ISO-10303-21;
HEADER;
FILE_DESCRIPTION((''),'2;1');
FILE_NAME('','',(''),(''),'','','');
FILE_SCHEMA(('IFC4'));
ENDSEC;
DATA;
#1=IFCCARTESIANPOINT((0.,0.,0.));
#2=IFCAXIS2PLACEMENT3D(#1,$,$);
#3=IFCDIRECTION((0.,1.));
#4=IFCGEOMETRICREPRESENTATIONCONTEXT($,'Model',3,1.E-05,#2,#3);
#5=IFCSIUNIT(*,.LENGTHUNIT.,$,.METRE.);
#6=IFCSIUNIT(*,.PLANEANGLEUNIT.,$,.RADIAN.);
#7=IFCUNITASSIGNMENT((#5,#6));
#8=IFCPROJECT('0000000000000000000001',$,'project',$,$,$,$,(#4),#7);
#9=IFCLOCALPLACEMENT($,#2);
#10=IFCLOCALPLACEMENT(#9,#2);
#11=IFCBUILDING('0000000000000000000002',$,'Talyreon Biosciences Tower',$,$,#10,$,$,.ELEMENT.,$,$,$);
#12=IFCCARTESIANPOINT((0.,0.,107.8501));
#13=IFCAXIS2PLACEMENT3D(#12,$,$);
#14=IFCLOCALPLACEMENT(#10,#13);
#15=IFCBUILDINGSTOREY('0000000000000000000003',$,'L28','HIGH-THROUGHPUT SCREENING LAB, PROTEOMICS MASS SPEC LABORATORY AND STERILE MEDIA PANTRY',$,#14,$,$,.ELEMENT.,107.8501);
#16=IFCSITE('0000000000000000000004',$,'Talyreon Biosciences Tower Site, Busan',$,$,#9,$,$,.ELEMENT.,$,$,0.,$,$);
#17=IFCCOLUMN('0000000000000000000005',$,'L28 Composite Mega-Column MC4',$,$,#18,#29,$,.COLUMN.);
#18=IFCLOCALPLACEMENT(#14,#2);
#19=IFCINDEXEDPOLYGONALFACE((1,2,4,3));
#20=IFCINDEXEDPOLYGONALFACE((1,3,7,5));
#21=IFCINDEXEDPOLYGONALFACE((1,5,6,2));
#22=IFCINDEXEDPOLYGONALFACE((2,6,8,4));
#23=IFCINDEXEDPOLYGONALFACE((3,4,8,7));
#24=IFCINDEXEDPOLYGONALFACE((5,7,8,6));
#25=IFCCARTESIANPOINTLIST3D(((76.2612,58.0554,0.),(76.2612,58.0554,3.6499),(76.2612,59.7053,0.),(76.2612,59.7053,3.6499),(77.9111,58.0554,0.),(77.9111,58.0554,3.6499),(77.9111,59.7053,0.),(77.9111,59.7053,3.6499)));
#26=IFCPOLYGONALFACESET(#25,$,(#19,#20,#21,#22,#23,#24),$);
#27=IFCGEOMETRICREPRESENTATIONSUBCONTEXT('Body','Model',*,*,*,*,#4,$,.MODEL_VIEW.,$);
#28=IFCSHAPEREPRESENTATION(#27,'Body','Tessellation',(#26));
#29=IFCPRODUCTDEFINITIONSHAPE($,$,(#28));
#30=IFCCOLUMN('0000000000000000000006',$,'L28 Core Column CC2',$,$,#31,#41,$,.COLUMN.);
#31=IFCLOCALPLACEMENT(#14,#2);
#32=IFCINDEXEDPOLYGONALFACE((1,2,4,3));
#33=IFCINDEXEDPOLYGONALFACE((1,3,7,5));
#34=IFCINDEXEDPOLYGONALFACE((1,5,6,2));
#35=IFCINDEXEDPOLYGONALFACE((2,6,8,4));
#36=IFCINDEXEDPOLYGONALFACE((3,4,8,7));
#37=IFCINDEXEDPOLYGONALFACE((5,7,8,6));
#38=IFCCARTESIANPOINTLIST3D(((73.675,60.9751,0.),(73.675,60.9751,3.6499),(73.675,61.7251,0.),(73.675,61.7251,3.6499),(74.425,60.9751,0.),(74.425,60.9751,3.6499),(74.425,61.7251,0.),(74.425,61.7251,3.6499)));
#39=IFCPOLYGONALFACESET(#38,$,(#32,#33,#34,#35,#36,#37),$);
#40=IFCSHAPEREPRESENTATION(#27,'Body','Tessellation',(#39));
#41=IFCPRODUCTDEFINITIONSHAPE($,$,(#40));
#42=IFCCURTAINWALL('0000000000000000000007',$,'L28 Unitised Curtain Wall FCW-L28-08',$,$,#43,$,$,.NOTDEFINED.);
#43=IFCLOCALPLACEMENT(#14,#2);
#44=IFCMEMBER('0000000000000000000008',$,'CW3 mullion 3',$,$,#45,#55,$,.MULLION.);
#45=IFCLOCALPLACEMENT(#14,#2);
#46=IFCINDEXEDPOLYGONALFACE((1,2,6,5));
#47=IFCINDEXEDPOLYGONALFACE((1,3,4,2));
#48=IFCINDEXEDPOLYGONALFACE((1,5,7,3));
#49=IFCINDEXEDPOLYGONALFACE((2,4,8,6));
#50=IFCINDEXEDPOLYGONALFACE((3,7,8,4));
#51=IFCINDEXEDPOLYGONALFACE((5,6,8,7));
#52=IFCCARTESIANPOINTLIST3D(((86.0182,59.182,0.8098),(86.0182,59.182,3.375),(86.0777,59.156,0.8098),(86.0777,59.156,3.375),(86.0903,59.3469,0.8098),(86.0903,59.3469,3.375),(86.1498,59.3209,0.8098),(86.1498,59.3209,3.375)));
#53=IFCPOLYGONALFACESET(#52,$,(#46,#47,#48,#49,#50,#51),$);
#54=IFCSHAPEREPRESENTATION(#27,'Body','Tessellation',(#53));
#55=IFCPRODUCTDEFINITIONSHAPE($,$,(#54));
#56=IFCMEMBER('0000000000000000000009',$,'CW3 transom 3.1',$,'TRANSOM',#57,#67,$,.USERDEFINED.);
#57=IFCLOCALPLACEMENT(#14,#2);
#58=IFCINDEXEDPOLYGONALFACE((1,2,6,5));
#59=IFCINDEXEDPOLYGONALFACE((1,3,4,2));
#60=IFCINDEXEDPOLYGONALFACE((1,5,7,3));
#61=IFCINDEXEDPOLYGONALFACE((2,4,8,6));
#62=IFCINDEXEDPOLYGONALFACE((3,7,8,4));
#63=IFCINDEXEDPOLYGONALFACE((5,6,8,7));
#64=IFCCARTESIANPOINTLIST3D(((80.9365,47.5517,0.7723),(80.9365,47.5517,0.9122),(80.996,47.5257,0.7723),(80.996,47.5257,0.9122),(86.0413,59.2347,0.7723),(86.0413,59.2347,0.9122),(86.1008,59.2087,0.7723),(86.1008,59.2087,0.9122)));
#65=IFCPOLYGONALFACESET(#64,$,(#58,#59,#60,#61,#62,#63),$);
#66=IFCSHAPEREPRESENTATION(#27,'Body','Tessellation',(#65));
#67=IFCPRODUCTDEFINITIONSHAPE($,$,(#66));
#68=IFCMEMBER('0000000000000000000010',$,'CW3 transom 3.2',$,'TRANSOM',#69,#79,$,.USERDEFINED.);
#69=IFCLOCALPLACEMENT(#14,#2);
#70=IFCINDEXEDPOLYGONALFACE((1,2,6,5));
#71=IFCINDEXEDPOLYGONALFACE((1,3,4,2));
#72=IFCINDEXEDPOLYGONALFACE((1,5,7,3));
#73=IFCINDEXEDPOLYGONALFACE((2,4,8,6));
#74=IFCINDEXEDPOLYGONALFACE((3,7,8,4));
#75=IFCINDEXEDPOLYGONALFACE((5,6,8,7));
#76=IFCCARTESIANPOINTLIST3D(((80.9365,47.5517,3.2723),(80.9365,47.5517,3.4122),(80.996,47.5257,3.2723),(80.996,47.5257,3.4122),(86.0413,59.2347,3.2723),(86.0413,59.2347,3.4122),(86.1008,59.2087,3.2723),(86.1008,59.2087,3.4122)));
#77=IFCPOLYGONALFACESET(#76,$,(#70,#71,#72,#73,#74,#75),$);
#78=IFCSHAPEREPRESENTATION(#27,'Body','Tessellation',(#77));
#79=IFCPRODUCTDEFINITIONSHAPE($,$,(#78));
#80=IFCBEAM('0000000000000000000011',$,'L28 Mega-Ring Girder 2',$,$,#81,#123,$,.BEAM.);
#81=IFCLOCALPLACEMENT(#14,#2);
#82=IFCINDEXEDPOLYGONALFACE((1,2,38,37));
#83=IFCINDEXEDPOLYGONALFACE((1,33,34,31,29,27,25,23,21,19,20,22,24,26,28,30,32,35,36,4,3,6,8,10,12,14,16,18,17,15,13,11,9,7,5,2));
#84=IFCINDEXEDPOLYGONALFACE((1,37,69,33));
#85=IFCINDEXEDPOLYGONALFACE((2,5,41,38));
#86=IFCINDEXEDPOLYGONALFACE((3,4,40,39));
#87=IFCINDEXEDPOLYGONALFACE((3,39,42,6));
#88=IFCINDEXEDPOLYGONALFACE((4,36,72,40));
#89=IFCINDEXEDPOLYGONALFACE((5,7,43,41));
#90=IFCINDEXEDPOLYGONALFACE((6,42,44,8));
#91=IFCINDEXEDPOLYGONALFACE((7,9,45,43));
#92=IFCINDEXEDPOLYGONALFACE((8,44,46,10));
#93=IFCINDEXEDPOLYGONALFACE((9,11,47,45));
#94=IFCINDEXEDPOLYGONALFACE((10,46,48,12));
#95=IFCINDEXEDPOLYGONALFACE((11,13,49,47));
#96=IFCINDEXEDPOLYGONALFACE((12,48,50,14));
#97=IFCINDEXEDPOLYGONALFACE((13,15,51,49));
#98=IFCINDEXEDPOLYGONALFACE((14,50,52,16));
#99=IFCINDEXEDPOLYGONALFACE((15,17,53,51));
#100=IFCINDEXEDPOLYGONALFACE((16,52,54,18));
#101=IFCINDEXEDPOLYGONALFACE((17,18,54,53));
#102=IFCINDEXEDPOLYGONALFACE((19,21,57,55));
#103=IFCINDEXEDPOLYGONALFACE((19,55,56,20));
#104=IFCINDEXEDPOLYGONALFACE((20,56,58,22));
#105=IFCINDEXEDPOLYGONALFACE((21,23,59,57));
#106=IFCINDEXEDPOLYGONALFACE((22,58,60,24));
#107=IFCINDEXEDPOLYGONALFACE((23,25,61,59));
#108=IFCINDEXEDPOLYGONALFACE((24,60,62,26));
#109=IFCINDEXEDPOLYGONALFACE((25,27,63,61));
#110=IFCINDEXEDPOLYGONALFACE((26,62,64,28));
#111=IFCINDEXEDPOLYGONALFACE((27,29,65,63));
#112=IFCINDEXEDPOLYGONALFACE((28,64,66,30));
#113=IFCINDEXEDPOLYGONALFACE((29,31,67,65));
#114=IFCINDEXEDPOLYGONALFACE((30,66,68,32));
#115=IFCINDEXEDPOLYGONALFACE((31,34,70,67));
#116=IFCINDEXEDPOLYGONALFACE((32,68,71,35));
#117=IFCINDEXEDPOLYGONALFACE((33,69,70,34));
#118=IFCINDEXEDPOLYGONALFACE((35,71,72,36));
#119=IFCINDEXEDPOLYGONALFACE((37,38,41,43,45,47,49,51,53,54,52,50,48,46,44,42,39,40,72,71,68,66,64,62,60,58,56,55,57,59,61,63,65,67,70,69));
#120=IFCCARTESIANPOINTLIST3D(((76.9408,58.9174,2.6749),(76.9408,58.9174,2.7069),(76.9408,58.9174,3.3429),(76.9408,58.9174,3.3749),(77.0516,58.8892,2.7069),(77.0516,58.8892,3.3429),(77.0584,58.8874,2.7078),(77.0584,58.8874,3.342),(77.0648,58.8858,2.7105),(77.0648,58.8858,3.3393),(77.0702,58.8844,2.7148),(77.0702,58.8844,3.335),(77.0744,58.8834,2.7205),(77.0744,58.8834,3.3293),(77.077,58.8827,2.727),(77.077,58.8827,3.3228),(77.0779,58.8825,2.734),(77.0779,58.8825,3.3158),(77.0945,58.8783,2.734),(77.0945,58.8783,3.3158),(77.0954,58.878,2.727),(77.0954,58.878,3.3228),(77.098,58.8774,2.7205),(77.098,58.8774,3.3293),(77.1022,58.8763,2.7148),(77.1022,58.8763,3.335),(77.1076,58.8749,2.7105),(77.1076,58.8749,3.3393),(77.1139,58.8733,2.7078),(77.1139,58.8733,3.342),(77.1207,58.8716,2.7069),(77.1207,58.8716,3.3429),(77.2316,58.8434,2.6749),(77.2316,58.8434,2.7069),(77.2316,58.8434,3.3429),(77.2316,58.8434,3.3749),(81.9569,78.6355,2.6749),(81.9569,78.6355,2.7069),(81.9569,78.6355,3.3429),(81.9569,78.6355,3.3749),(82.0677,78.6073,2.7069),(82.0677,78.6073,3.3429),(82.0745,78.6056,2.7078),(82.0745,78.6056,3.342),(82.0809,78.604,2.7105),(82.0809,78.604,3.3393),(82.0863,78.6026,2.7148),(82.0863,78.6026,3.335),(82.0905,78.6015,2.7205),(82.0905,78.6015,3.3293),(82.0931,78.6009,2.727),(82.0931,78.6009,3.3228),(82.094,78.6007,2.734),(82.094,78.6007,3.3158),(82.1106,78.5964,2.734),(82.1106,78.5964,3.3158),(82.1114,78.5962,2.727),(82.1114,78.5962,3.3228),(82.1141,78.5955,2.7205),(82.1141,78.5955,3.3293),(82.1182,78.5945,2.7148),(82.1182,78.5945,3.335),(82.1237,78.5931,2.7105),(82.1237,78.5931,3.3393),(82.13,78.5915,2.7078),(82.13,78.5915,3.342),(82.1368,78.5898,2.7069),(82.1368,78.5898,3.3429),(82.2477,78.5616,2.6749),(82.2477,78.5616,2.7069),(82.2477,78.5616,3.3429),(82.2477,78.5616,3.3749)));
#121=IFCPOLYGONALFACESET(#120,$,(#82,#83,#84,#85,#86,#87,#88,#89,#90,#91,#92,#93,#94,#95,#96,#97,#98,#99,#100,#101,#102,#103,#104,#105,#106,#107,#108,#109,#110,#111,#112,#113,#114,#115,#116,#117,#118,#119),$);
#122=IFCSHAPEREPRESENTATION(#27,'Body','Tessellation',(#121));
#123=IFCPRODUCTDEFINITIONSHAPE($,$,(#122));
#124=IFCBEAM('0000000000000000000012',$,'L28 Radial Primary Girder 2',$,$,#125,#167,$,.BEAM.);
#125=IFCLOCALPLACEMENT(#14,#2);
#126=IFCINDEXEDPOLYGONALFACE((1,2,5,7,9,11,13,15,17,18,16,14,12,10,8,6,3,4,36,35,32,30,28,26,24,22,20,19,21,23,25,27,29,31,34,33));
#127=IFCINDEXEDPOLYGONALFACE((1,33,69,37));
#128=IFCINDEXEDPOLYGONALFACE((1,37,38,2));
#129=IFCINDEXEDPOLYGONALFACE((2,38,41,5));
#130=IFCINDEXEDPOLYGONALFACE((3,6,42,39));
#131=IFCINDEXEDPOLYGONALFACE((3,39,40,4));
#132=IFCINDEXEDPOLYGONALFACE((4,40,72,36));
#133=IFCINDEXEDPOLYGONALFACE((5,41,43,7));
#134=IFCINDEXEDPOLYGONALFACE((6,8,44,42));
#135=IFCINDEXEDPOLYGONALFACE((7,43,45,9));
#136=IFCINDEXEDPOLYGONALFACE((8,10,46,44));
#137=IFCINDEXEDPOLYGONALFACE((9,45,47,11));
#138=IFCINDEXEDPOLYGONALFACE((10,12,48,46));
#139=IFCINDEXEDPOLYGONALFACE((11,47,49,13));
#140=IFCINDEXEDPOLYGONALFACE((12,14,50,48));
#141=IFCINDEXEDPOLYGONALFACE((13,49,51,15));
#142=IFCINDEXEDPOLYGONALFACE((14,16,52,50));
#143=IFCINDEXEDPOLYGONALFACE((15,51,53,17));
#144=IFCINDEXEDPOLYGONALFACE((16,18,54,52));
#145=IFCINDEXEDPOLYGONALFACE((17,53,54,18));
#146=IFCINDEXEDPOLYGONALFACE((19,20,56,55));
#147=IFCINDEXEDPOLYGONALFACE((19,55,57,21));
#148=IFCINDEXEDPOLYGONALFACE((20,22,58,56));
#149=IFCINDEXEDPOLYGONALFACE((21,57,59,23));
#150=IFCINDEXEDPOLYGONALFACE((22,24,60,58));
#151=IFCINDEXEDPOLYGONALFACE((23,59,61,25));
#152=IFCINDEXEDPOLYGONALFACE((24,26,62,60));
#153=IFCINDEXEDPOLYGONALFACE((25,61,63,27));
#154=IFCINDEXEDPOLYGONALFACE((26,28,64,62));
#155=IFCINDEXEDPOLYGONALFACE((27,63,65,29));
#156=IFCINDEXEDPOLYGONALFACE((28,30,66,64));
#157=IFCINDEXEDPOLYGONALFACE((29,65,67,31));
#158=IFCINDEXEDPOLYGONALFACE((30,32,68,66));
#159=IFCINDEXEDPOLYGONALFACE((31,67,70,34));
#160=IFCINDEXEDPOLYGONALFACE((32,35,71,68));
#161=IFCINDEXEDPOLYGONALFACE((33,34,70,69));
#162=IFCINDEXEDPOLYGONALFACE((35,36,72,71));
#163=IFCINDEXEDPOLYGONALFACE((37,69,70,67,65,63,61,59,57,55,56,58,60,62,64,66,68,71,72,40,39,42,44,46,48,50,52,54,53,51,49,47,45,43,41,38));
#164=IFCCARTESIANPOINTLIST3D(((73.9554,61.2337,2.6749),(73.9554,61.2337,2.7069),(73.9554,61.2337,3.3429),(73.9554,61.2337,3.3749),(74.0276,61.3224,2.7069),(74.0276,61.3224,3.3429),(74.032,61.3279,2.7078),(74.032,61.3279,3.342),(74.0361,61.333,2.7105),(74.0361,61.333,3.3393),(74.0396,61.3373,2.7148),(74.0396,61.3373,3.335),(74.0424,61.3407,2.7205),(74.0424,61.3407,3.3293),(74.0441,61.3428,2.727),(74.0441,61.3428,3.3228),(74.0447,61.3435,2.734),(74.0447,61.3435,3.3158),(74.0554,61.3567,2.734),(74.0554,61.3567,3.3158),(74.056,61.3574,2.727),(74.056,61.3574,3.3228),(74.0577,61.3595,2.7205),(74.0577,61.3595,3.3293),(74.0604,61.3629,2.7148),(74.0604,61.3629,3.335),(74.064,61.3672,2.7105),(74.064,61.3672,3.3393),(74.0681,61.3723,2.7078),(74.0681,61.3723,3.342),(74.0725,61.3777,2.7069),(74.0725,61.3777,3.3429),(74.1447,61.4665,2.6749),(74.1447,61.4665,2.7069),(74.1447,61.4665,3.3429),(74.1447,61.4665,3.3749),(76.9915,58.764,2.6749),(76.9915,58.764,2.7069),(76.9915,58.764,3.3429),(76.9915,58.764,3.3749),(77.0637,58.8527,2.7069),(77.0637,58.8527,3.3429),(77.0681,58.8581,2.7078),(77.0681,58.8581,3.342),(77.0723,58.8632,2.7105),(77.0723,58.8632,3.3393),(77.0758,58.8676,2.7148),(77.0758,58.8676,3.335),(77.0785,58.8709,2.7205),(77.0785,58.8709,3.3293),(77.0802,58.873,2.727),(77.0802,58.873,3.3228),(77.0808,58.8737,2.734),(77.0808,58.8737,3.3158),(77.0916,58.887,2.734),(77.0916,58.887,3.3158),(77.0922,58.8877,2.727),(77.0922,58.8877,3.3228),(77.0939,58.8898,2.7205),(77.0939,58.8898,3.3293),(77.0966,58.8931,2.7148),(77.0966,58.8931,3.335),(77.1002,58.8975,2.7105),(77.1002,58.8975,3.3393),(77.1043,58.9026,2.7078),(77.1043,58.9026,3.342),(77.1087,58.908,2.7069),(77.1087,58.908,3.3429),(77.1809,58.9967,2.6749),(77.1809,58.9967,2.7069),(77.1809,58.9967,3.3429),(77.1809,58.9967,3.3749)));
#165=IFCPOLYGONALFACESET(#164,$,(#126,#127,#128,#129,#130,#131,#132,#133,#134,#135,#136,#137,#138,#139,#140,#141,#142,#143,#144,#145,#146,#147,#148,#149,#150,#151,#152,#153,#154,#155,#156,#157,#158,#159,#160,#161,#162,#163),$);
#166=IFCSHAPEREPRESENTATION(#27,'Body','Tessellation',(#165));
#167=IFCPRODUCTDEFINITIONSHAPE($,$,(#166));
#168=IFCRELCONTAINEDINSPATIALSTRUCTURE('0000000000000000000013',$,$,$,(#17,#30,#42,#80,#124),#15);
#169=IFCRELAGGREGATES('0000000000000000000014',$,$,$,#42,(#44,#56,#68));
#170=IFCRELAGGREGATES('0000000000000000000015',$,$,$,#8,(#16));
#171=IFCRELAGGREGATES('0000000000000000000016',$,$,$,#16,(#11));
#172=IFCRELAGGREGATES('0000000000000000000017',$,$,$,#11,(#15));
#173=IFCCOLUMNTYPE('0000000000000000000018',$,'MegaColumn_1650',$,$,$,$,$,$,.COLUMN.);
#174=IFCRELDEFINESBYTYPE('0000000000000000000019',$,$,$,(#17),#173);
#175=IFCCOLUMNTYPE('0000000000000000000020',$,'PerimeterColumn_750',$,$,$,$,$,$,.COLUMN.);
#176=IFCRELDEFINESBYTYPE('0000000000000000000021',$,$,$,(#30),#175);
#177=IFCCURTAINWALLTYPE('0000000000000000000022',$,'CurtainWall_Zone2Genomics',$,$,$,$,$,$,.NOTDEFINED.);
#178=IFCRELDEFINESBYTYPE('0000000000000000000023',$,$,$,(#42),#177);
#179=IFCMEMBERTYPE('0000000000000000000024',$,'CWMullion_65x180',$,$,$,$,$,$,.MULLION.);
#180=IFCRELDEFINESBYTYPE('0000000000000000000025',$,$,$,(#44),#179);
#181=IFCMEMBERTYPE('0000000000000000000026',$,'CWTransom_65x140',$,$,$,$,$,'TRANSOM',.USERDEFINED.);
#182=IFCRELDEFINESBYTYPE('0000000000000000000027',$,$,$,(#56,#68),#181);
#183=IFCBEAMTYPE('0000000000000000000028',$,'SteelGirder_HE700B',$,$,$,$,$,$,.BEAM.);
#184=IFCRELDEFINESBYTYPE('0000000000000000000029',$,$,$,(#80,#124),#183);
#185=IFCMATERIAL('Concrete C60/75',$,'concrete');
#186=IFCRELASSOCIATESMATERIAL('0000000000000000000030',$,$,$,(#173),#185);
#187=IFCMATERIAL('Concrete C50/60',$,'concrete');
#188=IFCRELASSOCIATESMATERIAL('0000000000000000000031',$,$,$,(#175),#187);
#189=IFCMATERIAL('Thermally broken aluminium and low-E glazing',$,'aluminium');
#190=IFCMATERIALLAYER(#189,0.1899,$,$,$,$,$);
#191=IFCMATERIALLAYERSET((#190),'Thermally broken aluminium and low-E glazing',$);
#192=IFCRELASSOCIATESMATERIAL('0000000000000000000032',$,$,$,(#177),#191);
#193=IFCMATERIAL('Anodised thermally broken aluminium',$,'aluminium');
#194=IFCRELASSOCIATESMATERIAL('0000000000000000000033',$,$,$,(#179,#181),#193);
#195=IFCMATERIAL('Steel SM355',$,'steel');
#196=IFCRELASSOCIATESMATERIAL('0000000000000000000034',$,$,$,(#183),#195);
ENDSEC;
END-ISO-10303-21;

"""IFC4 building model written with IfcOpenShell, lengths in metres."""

from ifc_helpers import new_model, si_unit, direction, frame, origin, origin_2d, place, context, subcontext, project, spatial, rectangle, i_section, extrude, material, layer, layer_set, material_profile, profile_set, type_object, element, aggregate, save


model = new_model("IFC4")

# Units and contexts
model_context = context("Model", 3, precision=1e-05, world=origin(), true_north=direction((0.0, 1.0)))
body_context = subcontext(model_context, "Body", "Model", "MODEL_VIEW")
ifc_project = project(units=[si_unit("LENGTHUNIT", "METRE"), si_unit("PLANEANGLEUNIT", "RADIAN")], contexts=[model_context])

# Site, building, storey
site_placement = place(None, origin())
site = spatial("IfcSite", under=ifc_project, at=site_placement, Name="Talyreon Biosciences Tower Site, Busan", CompositionType="ELEMENT", RefElevation=0.0)
building_placement = place(site_placement, origin())
building = spatial("IfcBuilding", under=site, at=building_placement, Name="Talyreon Biosciences Tower", CompositionType="ELEMENT")
storey_placement = place(building_placement, frame((0.0, 0.0, 107.8501)))
storey = spatial("IfcBuildingStorey", under=building, at=storey_placement, Name="L28", Description="HIGH-THROUGHPUT SCREENING LAB, PROTEOMICS MASS SPEC LABORATORY AND STERILE MEDIA PANTRY", CompositionType="ELEMENT", Elevation=107.8501)

# Columns
ifc_material_1 = material(Name="Concrete C60/75", Category="concrete")
ifc_material_profile_1 = material_profile(ifc_material_1, rectangle(XDim=1.6499, YDim=1.6499, at=origin_2d()), Name="RC 1650x1650")
ifc_profile_set_1 = profile_set([ifc_material_profile_1], Name="Concrete C60/75")
column_type_1 = type_object("IfcColumnType", Name="MegaColumn_1650", PredefinedType="COLUMN", material=ifc_profile_set_1)
column_1_placement = place(storey_placement, frame((77.0862, 58.8804, 0.0), z_axis=(0.0, 0.0, 1.0), x_axis=(1.0, 0.0, 0.0)))
element("IfcColumn", 1, at=column_1_placement, inside=storey, type_object=column_type_1, Name="L28 Composite Mega-Column MC4", PredefinedType="COLUMN", context=body_context, shape_type="SweptSolid", body=[
    extrude(rectangle(XDim=1.6499, YDim=1.6499, at=origin_2d()), origin(), (0.0, 0.0, 1.0), 3.6499),
])
ifc_material_2 = material(Name="Concrete C50/60", Category="concrete")
ifc_material_profile_2 = material_profile(ifc_material_2, rectangle(XDim=0.75, YDim=0.75, at=origin_2d()), Name="RC 750x750")
ifc_profile_set_2 = profile_set([ifc_material_profile_2], Name="Concrete C50/60")
column_type_2 = type_object("IfcColumnType", Name="PerimeterColumn_750", PredefinedType="COLUMN", material=ifc_profile_set_2)
column_2_placement = place(storey_placement, frame((74.05, 61.3501, 0.0), z_axis=(0.0, 0.0, 1.0), x_axis=(1.0, 0.0, 0.0)))
element("IfcColumn", 2, at=column_2_placement, inside=storey, type_object=column_type_2, Name="L28 Core Column CC2", PredefinedType="COLUMN", context=body_context, shape_type="SweptSolid", body=[
    extrude(rectangle(XDim=0.75, YDim=0.75, at=origin_2d()), origin(), (0.0, 0.0, 1.0), 3.6499),
])

# Curtain wall, members
ifc_material_3 = material(Name="Thermally broken aluminium and low-E glazing", Category="aluminium")
ifc_layer_1 = layer(ifc_material_3, 0.1899)
ifc_layer_set_1 = layer_set([ifc_layer_1], Name="Thermally broken aluminium and low-E glazing")
curtain_wall_type = type_object("IfcCurtainWallType", Name="CurtainWall_Zone2Genomics", PredefinedType="NOTDEFINED", material=ifc_layer_set_1)
curtain_wall_placement = place(storey_placement, origin())
curtain_wall = element("IfcCurtainWall", 3, at=curtain_wall_placement, inside=storey, type_object=curtain_wall_type, Name="L28 Unitised Curtain Wall FCW-L28-08", PredefinedType="NOTDEFINED")
ifc_material_4 = material(Name="Anodised thermally broken aluminium", Category="aluminium")
ifc_material_profile_3 = material_profile(ifc_material_4, rectangle(XDim=0.0649, YDim=0.1799, at=origin_2d()), Name="ALUM MULLION 65x180")
ifc_profile_set_3 = profile_set([ifc_material_profile_3], Name="Anodised thermally broken aluminium")
member_type_1 = type_object("IfcMemberType", Name="CWMullion_65x180", PredefinedType="MULLION", material=ifc_profile_set_3)
member_1_placement = place(storey_placement, frame((86.084, 59.2515, 0.8098), z_axis=(0.0, 0.0, 1.0), x_axis=(0.916346, -0.400387, 0.0)))
member_1 = element("IfcMember", 4, at=member_1_placement, type_object=member_type_1, Name="CW3 mullion 3", PredefinedType="MULLION", context=body_context, shape_type="SweptSolid", body=[
    extrude(rectangle(XDim=0.0649, YDim=0.1799, at=origin_2d()), origin(), (0.0, 0.0, 1.0), 2.5652),
])
ifc_material_profile_4 = material_profile(ifc_material_4, rectangle(XDim=0.0649, YDim=0.1399, at=origin_2d()), Name="ALUM TRANSOM 65x140")
ifc_profile_set_4 = profile_set([ifc_material_profile_4], Name="Anodised thermally broken aluminium")
member_type_2 = type_object("IfcMemberType", Name="CWTransom_65x140", ElementType="TRANSOM", PredefinedType="USERDEFINED", material=ifc_profile_set_4)
member_2_placement = place(storey_placement, frame((86.071, 59.2217, 0.8423), z_axis=(-0.40039, -0.916345, 0.0), x_axis=(0.916345, -0.40039, 0.0)))
member_2 = element("IfcMember", 5, at=member_2_placement, type_object=member_type_2, Name="CW3 transom 3.1", ObjectType="TRANSOM", PredefinedType="USERDEFINED", context=body_context, shape_type="SweptSolid", body=[
    extrude(rectangle(XDim=0.0649, YDim=0.1399, at=origin_2d()), origin(), (0.0, 0.0, 1.0), 12.7495),
])
member_3_placement = place(storey_placement, frame((86.071, 59.2217, 3.3423), z_axis=(-0.40039, -0.916345, 0.0), x_axis=(0.916345, -0.40039, 0.0)))
member_3 = element("IfcMember", 6, at=member_3_placement, type_object=member_type_2, Name="CW3 transom 3.2", ObjectType="TRANSOM", PredefinedType="USERDEFINED", context=body_context, shape_type="SweptSolid", body=[
    extrude(rectangle(XDim=0.0649, YDim=0.1399, at=origin_2d()), origin(), (0.0, 0.0, 1.0), 12.7495),
])

# Beams
ifc_material_5 = material(Name="Steel SM355", Category="steel")
ifc_material_profile_5 = material_profile(ifc_material_5, i_section(OverallWidth=0.3, OverallDepth=0.7, WebThickness=0.0171, FlangeThickness=0.032, FilletRadius=0.0271, at=origin_2d()), Name="HE700B")
ifc_profile_set_5 = profile_set([ifc_material_profile_5], Name="Steel SM355")
beam_type_1 = type_object("IfcBeamType", Name="SteelGirder_HE700B", PredefinedType="BEAM", material=ifc_profile_set_5)
beam_1_placement = place(storey_placement, frame((77.0862, 58.8804, 3.0249), z_axis=(0.246537, 0.969133, 0.0), x_axis=(-0.969133, 0.246537, 0.0)))
element("IfcBeam", 7, at=beam_1_placement, inside=storey, type_object=beam_type_1, Name="L28 Mega-Ring Girder 2", PredefinedType="BEAM", context=body_context, shape_type="SweptSolid", body=[
    extrude(i_section(OverallWidth=0.3, OverallDepth=0.7, WebThickness=0.0171, FlangeThickness=0.032, FilletRadius=0.0271, at=origin_2d()), origin(), (0.0, 0.0, 1.0), 20.3462),
])
beam_2_placement = place(storey_placement, frame((74.05, 61.3501, 3.0249), z_axis=(0.775755, -0.631034, 0.0), x_axis=(0.631034, 0.775755, 0.0)))
element("IfcBeam", 8, at=beam_2_placement, inside=storey, type_object=beam_type_1, Name="L28 Radial Primary Girder 2", PredefinedType="BEAM", context=body_context, shape_type="SweptSolid", body=[
    extrude(i_section(OverallWidth=0.3, OverallDepth=0.7, WebThickness=0.0171, FlangeThickness=0.032, FilletRadius=0.0271, at=origin_2d()), origin(), (0.0, 0.0, 1.0), 3.9138),
])

aggregate(curtain_wall, [member_1, member_2, member_3])

save(model, "model.ifc")
